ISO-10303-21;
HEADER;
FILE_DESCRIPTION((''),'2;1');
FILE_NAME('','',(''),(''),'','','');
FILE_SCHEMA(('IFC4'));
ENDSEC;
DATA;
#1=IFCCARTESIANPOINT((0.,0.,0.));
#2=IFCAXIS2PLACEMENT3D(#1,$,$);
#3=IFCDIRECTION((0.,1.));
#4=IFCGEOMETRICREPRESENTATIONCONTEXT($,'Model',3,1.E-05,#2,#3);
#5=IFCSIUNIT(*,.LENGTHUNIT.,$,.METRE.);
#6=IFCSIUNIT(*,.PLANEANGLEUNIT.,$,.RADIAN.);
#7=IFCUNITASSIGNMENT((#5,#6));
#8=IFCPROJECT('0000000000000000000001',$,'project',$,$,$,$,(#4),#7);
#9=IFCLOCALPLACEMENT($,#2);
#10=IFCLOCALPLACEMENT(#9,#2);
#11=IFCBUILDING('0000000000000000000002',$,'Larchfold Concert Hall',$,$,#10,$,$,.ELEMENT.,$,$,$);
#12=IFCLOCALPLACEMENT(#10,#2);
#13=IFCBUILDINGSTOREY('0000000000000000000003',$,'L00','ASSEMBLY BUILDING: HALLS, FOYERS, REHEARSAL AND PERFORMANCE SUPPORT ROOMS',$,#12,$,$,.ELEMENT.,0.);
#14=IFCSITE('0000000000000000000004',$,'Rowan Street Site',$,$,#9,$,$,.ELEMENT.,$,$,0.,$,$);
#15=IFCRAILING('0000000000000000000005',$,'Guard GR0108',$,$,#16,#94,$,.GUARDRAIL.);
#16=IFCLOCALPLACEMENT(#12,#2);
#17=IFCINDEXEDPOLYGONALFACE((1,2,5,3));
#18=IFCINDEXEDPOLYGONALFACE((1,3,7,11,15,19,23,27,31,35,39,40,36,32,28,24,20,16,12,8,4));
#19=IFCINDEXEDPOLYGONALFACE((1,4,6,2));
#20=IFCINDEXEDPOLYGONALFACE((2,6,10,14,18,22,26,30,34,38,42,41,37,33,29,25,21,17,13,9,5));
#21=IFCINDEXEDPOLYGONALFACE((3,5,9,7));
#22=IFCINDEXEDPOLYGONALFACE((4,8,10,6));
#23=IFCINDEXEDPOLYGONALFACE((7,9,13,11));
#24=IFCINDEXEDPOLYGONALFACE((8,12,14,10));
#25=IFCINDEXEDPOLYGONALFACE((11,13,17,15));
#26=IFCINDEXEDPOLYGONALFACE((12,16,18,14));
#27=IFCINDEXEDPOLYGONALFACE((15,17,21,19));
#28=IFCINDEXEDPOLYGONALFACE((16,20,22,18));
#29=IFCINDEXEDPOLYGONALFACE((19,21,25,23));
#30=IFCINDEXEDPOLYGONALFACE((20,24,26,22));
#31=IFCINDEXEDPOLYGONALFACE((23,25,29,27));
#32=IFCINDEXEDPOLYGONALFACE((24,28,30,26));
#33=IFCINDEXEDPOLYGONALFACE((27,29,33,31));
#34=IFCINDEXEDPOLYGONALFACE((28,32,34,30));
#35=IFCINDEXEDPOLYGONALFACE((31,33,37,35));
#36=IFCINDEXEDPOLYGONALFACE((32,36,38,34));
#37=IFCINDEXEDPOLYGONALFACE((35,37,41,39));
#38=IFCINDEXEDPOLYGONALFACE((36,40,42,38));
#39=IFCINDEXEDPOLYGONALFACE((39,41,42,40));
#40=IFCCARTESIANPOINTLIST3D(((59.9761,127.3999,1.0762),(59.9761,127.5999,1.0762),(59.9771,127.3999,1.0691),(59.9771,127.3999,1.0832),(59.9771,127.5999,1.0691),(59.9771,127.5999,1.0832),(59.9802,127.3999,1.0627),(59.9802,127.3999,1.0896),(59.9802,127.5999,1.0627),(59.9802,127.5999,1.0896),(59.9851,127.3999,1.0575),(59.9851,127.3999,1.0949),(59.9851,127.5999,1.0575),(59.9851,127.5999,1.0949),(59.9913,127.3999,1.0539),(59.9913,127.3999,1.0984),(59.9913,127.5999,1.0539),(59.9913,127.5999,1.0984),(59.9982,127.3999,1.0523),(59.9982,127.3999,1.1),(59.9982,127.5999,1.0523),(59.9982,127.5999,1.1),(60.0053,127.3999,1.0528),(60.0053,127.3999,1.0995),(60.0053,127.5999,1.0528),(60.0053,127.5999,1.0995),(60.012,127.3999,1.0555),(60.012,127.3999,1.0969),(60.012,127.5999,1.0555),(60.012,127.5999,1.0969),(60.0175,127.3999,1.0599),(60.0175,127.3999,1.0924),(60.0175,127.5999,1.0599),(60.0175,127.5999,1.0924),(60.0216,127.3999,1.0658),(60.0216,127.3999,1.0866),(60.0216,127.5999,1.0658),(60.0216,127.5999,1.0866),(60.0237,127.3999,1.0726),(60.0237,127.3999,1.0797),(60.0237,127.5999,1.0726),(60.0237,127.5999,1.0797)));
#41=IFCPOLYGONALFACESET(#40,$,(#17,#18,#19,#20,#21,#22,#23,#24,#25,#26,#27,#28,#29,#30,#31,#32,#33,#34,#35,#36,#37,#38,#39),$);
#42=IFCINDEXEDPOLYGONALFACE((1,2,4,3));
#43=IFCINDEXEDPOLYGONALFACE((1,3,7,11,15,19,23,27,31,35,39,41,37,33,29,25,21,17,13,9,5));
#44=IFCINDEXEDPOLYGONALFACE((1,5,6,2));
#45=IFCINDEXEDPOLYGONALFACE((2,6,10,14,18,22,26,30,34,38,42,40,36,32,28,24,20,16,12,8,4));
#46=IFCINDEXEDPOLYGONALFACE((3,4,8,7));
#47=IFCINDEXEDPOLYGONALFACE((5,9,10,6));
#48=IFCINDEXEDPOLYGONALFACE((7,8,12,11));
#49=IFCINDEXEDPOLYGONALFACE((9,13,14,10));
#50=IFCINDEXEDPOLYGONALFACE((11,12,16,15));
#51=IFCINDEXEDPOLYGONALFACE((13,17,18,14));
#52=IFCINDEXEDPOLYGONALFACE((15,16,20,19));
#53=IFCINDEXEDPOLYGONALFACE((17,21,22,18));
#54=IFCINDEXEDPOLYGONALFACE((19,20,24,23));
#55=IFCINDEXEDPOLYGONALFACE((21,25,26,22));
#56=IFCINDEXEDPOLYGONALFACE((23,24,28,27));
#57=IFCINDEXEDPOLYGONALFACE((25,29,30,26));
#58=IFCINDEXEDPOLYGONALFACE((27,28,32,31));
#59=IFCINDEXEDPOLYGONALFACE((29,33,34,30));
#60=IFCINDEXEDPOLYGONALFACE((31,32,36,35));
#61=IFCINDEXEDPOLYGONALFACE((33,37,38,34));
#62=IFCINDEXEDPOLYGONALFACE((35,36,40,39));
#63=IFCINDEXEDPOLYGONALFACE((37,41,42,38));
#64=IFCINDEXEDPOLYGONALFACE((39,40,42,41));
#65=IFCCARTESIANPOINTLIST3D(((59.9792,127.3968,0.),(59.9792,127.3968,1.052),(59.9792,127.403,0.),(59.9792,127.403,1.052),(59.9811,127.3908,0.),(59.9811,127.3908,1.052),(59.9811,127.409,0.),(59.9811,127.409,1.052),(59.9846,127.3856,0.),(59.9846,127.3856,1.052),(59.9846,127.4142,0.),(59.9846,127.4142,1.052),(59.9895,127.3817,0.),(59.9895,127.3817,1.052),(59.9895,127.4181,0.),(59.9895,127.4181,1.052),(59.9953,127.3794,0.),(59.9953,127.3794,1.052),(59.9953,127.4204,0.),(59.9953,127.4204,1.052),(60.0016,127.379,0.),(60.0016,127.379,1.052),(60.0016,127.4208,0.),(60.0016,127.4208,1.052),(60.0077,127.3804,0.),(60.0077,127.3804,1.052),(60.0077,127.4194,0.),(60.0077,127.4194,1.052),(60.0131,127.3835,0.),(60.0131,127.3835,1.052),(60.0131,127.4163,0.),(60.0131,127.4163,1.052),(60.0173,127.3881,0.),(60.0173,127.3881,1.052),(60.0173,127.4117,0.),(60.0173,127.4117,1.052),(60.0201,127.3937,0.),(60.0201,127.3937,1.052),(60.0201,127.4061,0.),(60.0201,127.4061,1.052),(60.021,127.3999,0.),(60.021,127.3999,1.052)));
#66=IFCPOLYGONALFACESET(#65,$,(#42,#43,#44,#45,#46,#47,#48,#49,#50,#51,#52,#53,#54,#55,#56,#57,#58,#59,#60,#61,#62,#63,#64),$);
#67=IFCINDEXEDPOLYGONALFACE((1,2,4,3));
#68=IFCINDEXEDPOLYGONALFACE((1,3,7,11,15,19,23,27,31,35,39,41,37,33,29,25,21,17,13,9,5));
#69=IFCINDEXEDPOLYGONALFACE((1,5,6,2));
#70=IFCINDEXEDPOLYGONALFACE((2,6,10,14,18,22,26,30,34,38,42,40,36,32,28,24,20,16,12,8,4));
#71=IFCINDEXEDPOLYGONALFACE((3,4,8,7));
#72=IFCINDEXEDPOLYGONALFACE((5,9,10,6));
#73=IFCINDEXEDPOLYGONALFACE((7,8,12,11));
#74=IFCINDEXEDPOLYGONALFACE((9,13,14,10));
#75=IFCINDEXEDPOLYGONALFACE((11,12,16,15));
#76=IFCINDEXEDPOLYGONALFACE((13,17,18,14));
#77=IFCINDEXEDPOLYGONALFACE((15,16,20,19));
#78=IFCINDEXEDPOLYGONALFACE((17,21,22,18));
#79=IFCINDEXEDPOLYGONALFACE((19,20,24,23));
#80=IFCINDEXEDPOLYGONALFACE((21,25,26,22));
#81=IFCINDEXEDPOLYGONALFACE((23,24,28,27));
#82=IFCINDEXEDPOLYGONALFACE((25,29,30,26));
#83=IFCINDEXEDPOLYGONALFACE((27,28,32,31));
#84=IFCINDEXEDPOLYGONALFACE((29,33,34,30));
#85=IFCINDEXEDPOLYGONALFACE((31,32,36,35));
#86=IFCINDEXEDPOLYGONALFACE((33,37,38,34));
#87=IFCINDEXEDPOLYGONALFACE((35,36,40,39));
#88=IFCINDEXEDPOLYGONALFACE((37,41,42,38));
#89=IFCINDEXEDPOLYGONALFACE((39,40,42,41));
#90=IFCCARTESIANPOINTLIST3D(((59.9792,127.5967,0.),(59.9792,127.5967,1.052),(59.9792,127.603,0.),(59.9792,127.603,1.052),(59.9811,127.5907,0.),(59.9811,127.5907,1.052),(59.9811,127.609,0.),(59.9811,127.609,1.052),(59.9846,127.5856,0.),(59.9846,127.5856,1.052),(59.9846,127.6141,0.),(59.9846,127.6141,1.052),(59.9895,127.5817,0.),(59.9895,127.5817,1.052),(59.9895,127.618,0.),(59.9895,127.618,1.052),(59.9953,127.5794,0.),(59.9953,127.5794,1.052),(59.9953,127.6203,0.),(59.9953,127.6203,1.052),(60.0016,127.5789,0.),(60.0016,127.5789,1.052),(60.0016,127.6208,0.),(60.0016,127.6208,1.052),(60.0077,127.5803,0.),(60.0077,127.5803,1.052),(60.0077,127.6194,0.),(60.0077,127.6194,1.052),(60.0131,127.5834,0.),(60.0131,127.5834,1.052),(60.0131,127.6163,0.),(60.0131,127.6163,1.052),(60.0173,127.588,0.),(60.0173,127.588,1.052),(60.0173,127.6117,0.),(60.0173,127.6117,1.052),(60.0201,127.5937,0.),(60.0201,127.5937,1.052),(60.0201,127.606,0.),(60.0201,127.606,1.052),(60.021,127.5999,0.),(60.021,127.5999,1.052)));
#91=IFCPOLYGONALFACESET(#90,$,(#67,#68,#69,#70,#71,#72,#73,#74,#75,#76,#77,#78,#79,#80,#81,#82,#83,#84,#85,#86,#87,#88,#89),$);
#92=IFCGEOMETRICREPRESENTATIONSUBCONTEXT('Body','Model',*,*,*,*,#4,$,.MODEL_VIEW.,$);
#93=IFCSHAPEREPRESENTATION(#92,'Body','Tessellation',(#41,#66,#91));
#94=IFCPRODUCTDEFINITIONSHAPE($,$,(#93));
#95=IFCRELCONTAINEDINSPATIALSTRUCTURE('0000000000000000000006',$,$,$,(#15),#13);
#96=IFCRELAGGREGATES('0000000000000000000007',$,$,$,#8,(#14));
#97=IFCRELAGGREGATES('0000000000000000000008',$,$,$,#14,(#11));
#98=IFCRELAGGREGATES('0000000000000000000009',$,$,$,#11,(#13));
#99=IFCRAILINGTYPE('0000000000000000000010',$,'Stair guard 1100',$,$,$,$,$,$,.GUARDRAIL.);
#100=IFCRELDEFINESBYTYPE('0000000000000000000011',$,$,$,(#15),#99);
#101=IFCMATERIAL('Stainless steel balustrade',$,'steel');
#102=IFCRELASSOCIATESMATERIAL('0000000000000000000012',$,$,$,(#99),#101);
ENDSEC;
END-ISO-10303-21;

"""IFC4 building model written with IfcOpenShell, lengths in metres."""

from ifc_helpers import new_model, si_unit, direction, frame, origin, origin_2d, place, context, subcontext, project, spatial, circle, extrude, material, type_object, element, save


model = new_model("IFC4")

# Units and contexts
model_context = context("Model", 3, precision=1e-05, world=origin(), true_north=direction((0.0, 1.0)))
body_context = subcontext(model_context, "Body", "Model", "MODEL_VIEW")
ifc_project = project(units=[si_unit("LENGTHUNIT", "METRE"), si_unit("PLANEANGLEUNIT", "RADIAN")], contexts=[model_context])

# Site, building, storey
site_placement = place(None, origin())
site = spatial("IfcSite", under=ifc_project, at=site_placement, Name="Rowan Street Site", CompositionType="ELEMENT", RefElevation=0.0)
building_placement = place(site_placement, origin())
building = spatial("IfcBuilding", under=site, at=building_placement, Name="Larchfold Concert Hall", CompositionType="ELEMENT")
storey_placement = place(building_placement, origin())
storey = spatial("IfcBuildingStorey", under=building, at=storey_placement, Name="L00", Description="ASSEMBLY BUILDING: HALLS, FOYERS, REHEARSAL AND PERFORMANCE SUPPORT ROOMS", CompositionType="ELEMENT", Elevation=0.0)

# Railing
ifc_material_1 = material(Name="Stainless steel balustrade", Category="steel")
railing_type_1 = type_object("IfcRailingType", Name="Stair guard 1100", PredefinedType="GUARDRAIL", material=ifc_material_1)
railing_1_placement = place(storey_placement, frame((60.0, 127.3999, 0.0)))
element("IfcRailing", 1, at=railing_1_placement, inside=storey, type_object=railing_type_1, Name="Guard GR0108", PredefinedType="GUARDRAIL", context=body_context, shape_type="SweptSolid", body=[
    extrude(circle(Radius=0.0239, at=origin_2d()), frame((0.0, 0.0, 1.0762), z_axis=(0.0, 1.0, 0.0), x_axis=(-1.0, 0.0, 0.0)), (0.0, 0.0, 1.0), 0.2),
    extrude(circle(Radius=0.021, at=origin_2d()), origin(), (0.0, 0.0, 1.0), 1.052),
    extrude(circle(Radius=0.021, at=origin_2d()), frame((0.0, 0.2, 0.0)), (0.0, 0.0, 1.0), 1.052),
])

save(model, "model.ifc")
